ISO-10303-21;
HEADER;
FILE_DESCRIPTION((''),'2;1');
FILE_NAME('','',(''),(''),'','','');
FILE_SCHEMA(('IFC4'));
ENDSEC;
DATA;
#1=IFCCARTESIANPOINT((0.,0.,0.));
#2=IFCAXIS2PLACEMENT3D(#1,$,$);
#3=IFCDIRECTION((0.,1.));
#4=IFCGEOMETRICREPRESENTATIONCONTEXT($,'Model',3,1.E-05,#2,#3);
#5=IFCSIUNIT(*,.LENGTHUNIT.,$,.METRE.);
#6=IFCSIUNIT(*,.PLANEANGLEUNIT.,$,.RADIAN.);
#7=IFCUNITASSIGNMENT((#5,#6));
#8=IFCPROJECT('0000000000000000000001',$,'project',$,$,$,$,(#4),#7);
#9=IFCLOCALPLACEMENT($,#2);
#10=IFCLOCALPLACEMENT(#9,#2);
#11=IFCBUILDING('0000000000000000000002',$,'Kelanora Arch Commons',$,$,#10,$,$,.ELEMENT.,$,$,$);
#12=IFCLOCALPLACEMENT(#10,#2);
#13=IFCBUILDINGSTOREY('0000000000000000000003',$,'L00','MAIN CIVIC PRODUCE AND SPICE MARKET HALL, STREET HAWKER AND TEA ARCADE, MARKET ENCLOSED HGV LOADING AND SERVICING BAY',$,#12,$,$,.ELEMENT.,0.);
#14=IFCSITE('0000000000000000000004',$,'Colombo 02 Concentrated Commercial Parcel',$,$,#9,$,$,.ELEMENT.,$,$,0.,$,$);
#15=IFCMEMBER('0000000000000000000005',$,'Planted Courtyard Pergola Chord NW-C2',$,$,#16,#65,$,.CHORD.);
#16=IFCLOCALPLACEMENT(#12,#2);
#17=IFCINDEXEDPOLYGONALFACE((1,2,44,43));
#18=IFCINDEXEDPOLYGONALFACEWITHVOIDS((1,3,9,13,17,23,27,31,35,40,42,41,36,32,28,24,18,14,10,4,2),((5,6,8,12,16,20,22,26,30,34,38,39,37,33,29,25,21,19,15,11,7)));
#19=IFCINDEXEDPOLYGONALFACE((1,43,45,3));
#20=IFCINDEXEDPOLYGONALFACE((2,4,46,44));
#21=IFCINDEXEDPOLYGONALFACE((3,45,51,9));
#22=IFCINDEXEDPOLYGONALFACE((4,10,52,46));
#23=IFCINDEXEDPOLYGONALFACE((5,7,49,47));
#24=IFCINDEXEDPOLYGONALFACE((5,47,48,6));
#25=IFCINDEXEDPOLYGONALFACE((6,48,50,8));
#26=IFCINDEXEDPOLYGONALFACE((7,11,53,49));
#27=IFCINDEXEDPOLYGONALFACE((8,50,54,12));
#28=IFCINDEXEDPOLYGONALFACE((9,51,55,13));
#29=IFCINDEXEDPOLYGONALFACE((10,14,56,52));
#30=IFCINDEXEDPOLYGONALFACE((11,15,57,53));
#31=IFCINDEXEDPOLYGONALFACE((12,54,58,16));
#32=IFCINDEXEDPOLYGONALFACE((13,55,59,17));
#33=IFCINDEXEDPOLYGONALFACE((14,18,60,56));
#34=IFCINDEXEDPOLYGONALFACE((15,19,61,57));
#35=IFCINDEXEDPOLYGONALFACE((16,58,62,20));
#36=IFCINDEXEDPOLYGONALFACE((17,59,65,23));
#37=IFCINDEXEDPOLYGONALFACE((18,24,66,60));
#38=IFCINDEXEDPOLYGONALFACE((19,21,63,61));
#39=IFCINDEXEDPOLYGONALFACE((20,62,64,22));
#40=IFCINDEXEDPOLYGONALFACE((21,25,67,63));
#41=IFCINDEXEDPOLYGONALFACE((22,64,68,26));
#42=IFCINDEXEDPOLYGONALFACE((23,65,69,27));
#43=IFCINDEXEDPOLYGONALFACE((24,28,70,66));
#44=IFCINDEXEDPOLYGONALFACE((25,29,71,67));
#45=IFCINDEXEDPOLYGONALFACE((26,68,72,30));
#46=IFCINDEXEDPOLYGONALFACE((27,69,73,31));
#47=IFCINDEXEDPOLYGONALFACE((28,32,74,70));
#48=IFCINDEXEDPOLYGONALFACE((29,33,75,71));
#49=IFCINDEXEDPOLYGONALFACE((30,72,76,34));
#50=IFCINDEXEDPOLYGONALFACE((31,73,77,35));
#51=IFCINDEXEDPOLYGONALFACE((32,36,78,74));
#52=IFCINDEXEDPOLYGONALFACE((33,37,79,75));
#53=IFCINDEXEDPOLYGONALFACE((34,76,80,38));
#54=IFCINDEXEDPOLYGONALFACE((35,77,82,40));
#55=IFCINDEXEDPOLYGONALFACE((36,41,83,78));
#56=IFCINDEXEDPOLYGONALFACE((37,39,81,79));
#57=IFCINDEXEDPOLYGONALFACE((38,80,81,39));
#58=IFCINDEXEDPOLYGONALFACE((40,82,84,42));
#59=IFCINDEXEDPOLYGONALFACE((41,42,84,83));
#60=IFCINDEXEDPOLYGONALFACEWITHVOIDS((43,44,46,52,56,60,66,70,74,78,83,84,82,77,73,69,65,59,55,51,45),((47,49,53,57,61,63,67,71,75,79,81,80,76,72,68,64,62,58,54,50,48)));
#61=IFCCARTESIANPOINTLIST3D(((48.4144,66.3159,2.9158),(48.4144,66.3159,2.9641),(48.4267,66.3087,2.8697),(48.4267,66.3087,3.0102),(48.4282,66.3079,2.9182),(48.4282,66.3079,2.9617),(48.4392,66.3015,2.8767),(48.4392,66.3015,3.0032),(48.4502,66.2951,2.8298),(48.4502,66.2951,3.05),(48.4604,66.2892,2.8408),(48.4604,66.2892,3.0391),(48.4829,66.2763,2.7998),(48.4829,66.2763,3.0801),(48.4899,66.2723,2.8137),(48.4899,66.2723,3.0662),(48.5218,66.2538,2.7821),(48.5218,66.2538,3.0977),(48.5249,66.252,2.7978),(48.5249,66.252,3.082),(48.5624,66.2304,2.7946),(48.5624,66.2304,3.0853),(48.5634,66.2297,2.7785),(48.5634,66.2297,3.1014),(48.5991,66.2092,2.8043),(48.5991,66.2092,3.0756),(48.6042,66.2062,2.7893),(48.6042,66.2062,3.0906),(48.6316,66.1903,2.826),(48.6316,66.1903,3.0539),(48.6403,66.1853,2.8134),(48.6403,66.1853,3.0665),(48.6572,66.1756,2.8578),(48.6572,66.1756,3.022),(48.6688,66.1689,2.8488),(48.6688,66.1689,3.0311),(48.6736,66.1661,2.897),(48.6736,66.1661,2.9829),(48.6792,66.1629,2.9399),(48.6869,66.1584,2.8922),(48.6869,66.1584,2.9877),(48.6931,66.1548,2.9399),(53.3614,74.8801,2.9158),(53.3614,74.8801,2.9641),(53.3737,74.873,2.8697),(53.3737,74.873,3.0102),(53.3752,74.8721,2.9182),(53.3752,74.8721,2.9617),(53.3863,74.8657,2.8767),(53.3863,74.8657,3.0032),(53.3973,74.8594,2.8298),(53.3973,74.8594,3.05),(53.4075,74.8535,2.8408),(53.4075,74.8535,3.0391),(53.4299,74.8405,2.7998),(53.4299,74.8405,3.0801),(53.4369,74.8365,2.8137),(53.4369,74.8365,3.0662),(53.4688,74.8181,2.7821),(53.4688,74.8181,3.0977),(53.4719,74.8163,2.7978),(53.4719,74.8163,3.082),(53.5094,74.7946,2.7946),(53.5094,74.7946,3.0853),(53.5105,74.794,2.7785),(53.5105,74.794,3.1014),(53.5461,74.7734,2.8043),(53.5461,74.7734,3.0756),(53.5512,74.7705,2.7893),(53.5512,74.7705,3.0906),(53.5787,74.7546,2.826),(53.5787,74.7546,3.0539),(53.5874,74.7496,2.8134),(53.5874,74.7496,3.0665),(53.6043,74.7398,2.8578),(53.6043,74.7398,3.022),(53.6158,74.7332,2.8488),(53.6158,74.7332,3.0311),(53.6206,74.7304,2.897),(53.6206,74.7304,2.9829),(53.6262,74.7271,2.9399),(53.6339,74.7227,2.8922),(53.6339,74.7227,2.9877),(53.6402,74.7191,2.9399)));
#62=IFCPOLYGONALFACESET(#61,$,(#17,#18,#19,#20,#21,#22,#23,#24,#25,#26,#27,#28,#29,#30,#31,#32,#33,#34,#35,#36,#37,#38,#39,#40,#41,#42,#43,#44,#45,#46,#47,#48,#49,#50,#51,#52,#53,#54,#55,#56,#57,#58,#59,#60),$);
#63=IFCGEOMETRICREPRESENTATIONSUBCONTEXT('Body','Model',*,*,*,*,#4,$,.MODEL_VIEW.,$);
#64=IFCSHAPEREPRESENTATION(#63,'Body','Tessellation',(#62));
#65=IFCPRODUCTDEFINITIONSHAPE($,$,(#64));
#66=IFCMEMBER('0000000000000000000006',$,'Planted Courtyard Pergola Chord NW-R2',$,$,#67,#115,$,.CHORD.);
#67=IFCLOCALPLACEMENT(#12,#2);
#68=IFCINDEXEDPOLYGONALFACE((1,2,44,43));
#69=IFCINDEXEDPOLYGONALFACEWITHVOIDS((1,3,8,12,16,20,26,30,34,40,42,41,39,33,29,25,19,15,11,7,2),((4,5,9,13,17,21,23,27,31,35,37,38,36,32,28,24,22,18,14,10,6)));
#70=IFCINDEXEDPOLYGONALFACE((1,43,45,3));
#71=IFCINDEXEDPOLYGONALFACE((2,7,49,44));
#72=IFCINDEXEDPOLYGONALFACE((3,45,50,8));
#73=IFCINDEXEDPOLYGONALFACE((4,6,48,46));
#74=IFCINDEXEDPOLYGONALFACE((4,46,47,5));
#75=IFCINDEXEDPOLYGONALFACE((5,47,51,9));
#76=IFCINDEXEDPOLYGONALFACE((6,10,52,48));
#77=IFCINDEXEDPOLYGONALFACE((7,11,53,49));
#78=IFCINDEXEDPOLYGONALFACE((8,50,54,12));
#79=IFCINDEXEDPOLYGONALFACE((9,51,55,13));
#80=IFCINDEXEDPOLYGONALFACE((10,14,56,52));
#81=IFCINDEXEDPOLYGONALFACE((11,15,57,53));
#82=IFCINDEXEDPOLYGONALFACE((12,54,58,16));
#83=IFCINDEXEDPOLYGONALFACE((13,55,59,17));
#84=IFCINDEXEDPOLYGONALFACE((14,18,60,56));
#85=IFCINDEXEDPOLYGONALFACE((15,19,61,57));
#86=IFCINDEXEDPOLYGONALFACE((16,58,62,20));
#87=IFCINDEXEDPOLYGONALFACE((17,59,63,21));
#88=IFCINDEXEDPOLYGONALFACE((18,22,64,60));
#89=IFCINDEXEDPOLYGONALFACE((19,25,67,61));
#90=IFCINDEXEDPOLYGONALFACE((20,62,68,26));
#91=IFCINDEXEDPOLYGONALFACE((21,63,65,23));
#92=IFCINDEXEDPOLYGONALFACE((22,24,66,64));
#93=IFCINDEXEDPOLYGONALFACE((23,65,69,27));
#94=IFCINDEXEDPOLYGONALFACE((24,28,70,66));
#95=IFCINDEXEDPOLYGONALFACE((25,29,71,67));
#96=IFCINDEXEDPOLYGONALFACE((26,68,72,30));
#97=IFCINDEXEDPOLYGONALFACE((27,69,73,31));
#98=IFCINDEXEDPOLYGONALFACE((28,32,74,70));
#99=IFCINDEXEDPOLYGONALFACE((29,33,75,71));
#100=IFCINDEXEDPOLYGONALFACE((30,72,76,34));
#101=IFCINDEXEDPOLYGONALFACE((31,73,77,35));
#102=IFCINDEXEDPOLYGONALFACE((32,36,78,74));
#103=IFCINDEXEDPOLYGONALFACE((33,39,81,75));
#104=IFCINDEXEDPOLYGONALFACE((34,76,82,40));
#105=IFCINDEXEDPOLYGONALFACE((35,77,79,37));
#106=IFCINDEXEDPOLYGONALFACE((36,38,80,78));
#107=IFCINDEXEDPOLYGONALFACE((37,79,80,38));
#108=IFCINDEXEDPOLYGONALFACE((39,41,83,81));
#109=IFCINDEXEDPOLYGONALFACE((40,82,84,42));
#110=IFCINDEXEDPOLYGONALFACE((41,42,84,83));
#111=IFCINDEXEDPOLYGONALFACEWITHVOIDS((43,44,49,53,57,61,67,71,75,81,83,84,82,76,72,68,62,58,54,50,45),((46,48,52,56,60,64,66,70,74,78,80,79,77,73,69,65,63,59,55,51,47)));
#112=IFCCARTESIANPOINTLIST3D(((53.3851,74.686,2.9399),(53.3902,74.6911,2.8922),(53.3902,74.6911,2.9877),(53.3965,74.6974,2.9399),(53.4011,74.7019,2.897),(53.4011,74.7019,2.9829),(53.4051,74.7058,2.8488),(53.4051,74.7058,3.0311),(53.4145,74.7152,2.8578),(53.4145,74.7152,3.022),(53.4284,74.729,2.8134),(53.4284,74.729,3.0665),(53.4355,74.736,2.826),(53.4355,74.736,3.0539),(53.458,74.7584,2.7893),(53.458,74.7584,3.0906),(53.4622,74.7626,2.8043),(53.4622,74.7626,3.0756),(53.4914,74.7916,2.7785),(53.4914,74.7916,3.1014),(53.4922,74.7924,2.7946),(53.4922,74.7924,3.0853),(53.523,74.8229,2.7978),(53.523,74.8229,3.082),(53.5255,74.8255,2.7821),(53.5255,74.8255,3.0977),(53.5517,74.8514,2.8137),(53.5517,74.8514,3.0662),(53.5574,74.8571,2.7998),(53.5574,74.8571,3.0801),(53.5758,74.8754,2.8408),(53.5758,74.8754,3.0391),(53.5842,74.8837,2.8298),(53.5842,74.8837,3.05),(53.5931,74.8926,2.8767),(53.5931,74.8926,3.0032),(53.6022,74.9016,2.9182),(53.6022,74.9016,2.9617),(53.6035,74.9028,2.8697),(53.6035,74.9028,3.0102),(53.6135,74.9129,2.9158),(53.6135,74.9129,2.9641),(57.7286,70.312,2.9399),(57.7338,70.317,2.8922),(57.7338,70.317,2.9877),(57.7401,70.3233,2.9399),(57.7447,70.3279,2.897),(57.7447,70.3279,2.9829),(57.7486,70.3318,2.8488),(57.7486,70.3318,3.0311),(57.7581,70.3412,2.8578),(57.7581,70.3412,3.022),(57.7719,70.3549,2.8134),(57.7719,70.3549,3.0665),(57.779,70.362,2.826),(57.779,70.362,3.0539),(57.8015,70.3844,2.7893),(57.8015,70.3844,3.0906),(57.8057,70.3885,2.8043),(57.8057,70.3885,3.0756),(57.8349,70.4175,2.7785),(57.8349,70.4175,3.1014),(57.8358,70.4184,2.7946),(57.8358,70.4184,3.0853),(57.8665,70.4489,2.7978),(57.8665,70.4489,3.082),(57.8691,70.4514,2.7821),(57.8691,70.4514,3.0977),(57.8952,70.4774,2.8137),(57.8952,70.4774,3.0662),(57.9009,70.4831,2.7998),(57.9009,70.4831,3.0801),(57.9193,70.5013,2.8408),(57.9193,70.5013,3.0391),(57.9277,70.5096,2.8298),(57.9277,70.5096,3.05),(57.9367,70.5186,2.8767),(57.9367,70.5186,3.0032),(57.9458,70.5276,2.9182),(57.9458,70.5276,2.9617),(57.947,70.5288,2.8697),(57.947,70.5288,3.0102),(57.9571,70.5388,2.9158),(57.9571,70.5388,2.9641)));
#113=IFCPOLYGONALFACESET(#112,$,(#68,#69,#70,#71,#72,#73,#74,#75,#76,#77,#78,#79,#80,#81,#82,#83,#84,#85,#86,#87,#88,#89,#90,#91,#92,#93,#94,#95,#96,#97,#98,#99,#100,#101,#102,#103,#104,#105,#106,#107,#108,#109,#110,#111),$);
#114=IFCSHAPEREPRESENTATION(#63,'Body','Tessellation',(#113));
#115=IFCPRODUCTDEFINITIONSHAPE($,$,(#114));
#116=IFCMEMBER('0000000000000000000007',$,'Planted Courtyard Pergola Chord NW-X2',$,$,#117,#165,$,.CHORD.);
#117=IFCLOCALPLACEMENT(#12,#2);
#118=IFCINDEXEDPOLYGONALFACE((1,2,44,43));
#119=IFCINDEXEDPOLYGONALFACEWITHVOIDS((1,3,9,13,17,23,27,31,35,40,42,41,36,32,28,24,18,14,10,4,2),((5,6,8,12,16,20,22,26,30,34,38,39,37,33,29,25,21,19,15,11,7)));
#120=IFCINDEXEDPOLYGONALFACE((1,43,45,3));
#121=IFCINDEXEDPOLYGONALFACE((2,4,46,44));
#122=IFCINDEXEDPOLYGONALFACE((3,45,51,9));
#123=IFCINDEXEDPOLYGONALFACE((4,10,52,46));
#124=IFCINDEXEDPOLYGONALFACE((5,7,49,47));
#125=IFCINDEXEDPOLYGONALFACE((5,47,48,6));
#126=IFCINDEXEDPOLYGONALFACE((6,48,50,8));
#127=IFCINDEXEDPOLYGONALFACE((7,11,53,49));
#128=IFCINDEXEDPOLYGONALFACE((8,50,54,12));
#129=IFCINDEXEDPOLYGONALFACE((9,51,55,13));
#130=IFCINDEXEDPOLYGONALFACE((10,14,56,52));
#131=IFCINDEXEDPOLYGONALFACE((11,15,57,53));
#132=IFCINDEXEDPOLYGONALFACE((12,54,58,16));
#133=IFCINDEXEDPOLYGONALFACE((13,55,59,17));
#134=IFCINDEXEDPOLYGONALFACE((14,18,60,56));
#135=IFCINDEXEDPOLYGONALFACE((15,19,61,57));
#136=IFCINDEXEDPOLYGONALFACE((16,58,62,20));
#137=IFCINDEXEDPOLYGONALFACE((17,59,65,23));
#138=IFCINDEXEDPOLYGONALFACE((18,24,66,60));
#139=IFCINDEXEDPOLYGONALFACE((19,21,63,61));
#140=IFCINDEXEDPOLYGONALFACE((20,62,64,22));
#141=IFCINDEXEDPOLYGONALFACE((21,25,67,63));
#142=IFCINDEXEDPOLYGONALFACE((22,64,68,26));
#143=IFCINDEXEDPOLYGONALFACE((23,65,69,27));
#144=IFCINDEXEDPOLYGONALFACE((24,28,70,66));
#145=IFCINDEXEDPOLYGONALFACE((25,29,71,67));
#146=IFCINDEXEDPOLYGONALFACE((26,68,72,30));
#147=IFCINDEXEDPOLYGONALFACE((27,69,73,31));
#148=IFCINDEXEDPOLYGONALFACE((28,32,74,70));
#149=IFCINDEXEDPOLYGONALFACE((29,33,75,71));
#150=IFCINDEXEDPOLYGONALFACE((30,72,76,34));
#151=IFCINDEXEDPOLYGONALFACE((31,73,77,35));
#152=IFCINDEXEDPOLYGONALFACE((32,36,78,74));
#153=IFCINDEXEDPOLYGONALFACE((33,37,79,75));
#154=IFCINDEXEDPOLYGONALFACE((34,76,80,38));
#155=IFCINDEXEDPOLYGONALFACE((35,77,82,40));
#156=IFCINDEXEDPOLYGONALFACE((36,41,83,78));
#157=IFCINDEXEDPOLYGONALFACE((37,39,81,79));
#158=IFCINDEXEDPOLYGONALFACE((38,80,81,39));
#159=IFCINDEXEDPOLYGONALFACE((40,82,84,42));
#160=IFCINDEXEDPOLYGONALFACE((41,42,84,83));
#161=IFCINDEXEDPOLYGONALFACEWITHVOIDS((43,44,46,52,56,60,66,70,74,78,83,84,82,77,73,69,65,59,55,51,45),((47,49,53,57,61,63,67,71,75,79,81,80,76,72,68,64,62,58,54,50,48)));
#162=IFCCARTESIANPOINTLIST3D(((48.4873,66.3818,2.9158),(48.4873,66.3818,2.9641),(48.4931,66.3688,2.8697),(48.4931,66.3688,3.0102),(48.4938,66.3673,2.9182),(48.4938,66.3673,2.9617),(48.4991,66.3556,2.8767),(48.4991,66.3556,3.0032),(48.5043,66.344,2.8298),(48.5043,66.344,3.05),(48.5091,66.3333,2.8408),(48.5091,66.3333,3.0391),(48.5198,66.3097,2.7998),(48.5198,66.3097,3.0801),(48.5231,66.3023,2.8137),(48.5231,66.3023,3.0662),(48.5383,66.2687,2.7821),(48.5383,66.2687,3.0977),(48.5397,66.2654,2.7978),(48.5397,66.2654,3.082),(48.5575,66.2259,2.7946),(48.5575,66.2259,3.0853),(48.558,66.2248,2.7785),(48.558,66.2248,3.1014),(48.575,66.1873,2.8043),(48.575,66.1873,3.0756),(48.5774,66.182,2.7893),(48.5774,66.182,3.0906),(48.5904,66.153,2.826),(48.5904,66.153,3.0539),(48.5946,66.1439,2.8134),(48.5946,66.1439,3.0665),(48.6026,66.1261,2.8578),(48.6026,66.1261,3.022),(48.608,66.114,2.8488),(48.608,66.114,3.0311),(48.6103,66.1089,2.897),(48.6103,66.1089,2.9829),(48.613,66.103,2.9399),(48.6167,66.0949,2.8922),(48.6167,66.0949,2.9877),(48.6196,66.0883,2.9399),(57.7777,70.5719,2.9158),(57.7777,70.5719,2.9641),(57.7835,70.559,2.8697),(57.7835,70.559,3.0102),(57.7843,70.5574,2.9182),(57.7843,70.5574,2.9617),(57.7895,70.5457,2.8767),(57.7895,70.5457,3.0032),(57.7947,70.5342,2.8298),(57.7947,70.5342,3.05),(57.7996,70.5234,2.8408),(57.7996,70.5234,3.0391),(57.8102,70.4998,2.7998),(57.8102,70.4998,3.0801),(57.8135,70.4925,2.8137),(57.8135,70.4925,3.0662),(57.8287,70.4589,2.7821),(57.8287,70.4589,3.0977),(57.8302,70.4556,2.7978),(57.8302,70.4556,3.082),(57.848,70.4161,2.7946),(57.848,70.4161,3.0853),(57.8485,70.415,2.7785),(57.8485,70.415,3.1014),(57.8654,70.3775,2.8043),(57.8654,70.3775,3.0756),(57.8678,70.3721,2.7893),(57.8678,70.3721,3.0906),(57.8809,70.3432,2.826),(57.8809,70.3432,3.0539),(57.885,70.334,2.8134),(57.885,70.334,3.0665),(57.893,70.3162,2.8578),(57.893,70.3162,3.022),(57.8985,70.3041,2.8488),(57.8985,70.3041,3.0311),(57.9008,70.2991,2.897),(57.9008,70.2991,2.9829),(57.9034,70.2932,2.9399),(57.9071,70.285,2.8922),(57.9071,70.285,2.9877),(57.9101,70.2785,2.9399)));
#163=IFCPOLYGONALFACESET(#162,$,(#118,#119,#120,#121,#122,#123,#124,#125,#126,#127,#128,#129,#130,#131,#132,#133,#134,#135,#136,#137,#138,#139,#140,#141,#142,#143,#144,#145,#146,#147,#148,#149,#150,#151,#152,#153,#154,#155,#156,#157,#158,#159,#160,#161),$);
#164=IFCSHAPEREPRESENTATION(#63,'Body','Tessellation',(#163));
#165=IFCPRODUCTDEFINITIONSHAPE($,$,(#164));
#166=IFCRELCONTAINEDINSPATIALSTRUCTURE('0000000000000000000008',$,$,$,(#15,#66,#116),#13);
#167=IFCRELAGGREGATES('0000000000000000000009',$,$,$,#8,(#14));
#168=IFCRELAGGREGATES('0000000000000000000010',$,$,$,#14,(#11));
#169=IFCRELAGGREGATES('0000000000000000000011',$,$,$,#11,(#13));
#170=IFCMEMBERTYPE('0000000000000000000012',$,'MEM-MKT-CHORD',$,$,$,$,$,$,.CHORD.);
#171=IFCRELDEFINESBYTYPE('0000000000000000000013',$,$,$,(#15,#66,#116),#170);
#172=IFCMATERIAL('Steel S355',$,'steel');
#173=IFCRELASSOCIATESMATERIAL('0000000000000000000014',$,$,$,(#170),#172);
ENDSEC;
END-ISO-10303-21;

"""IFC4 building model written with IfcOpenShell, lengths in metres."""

from ifc_helpers import new_model, si_unit, direction, frame, origin, origin_2d, place, context, subcontext, project, spatial, hollow_circle, extrude, material, material_profile, profile_set, type_object, element, save


model = new_model("IFC4")

# Units and contexts
model_context = context("Model", 3, precision=1e-05, world=origin(), true_north=direction((0.0, 1.0)))
body_context = subcontext(model_context, "Body", "Model", "MODEL_VIEW")
ifc_project = project(units=[si_unit("LENGTHUNIT", "METRE"), si_unit("PLANEANGLEUNIT", "RADIAN")], contexts=[model_context])

# Site, building, storey
site_placement = place(None, origin())
site = spatial("IfcSite", under=ifc_project, at=site_placement, Name="Colombo 02 Concentrated Commercial Parcel", CompositionType="ELEMENT", RefElevation=0.0)
building_placement = place(site_placement, origin())
building = spatial("IfcBuilding", under=site, at=building_placement, Name="Kelanora Arch Commons", CompositionType="ELEMENT")
storey_placement = place(building_placement, origin())
storey = spatial("IfcBuildingStorey", under=building, at=storey_placement, Name="L00", Description="MAIN CIVIC PRODUCE AND SPICE MARKET HALL, STREET HAWKER AND TEA ARCADE, MARKET ENCLOSED HGV LOADING AND SERVICING BAY", CompositionType="ELEMENT", Elevation=0.0)

# Shared definitions
ifc_material_1 = material(Name="Steel S355", Category="steel")

# Members
ifc_material_profile_1 = material_profile(ifc_material_1, hollow_circle(Radius=0.1619, WallThickness=0.0161, at=origin_2d()), Name="CHS323.9x16")
ifc_profile_set_1 = profile_set([ifc_material_profile_1], Name="Steel S355")
member_type_1 = type_object("IfcMemberType", Name="MEM-MKT-CHORD", PredefinedType="CHORD", material=ifc_profile_set_1)
member_1_placement = place(storey_placement, frame((53.5, 74.8, 2.9399), z_axis=(-0.500188, -0.865917, 0.0), x_axis=(0.865917, -0.500188, 0.0)))
element("IfcMember", 1, at=member_1_placement, inside=storey, type_object=member_type_1, Name="Planted Courtyard Pergola Chord NW-C2", PredefinedType="CHORD", context=body_context, shape_type="SweptSolid", body=[
    extrude(hollow_circle(Radius=0.1619, WallThickness=0.0161, at=origin_2d()), origin(), (0.0, 0.0, 1.0), 9.8904),
])
member_2_placement = place(storey_placement, frame((57.8435, 70.426, 2.9399), z_axis=(-0.704627, 0.709578, 0.0), x_axis=(-0.709578, -0.704627, 0.0)))
element("IfcMember", 2, at=member_2_placement, inside=storey, type_object=member_type_1, Name="Planted Courtyard Pergola Chord NW-R2", PredefinedType="CHORD", context=body_context, shape_type="SweptSolid", body=[
    extrude(hollow_circle(Radius=0.1619, WallThickness=0.0161, at=origin_2d()), origin(), (0.0, 0.0, 1.0), 6.1643),
])
member_3_placement = place(storey_placement, frame((57.8435, 70.426, 2.9399), z_axis=(-0.911574, -0.411135, 0.0), x_axis=(0.411135, -0.911574, 0.0)))
element("IfcMember", 3, at=member_3_placement, inside=storey, type_object=member_type_1, Name="Planted Courtyard Pergola Chord NW-X2", PredefinedType="CHORD", context=body_context, shape_type="SweptSolid", body=[
    extrude(hollow_circle(Radius=0.1619, WallThickness=0.0161, at=origin_2d()), origin(), (0.0, 0.0, 1.0), 10.1917),
])

save(model, "model.ifc")
